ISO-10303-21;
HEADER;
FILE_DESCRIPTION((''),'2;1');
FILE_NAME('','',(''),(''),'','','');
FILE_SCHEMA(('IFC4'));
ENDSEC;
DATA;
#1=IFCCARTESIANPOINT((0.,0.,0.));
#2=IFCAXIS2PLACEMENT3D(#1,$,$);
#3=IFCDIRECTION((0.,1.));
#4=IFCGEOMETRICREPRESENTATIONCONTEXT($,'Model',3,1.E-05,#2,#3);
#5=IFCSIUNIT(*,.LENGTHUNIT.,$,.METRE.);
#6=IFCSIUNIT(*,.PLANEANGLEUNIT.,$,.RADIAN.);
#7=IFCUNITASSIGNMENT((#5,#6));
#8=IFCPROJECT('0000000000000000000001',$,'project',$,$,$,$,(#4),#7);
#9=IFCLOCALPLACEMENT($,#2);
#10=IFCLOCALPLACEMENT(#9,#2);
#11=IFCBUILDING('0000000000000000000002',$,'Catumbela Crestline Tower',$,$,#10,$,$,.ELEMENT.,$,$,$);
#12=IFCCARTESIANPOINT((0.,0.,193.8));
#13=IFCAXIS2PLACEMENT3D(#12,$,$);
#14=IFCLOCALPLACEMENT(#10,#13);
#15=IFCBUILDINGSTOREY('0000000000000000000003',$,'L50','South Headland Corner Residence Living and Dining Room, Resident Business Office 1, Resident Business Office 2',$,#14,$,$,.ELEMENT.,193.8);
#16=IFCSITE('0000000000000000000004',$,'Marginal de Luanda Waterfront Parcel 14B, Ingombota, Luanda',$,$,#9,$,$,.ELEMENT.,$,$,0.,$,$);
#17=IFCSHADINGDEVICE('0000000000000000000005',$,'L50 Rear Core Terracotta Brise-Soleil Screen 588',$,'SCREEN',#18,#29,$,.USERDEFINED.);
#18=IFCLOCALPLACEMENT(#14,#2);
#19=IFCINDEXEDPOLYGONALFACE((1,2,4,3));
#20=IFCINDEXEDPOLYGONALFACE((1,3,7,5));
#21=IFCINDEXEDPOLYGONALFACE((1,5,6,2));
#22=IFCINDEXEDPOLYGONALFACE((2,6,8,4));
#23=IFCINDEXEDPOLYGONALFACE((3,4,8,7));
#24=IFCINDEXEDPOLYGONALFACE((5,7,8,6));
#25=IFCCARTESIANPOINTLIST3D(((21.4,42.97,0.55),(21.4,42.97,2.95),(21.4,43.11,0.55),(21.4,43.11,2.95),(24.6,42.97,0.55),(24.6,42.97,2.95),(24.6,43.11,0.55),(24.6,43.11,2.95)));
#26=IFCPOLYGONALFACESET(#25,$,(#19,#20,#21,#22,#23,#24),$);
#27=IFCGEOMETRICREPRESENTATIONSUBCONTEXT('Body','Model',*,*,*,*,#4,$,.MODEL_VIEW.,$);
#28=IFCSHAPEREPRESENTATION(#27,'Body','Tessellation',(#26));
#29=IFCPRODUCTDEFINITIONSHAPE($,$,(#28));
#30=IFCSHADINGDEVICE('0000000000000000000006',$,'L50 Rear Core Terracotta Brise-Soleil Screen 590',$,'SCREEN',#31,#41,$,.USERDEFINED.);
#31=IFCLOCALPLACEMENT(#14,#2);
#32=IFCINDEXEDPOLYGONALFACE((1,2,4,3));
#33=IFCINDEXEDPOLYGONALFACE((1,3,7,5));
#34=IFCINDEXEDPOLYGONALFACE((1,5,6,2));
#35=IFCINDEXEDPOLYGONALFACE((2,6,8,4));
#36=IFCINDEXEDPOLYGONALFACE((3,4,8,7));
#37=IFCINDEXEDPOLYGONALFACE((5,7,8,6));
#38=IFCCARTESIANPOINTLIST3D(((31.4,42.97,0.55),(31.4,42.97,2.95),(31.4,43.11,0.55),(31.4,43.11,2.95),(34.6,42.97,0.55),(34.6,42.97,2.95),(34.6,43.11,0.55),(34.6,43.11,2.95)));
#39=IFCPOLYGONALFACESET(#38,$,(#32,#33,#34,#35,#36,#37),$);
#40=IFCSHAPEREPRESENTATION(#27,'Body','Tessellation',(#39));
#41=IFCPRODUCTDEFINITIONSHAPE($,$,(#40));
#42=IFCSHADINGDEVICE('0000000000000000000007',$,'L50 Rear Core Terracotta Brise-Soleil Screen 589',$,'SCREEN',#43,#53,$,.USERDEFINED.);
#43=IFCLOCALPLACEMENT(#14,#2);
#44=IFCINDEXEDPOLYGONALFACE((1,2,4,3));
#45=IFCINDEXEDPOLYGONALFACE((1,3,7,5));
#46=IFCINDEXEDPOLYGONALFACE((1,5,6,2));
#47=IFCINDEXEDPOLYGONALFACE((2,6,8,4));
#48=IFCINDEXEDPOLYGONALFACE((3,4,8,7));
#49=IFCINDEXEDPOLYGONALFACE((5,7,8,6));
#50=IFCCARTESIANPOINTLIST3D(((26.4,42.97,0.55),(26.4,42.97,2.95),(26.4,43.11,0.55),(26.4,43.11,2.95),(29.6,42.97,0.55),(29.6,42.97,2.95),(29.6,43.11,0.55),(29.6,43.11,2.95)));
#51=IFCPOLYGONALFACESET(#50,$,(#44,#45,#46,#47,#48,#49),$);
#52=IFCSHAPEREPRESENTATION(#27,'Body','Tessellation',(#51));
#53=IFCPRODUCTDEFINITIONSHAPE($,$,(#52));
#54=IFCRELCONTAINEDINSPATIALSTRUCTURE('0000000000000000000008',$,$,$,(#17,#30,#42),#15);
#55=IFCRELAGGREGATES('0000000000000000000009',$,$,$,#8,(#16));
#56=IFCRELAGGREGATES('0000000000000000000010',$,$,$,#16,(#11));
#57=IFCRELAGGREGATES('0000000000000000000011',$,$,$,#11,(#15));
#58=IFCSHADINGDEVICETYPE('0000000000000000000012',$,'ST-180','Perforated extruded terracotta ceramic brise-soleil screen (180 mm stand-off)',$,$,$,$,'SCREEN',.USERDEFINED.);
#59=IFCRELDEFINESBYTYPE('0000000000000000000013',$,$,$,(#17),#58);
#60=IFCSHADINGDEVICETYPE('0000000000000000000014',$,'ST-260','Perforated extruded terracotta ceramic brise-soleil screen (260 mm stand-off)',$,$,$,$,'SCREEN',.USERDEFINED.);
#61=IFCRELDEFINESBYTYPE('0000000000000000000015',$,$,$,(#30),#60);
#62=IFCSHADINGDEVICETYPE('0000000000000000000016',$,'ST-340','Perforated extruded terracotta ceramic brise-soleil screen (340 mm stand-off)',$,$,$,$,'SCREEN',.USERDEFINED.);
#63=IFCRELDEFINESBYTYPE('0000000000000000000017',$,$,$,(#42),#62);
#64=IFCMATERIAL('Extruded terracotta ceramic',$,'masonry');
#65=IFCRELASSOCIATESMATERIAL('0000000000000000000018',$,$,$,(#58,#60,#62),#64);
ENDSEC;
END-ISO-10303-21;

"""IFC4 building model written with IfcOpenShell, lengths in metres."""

from ifc_helpers import new_model, si_unit, direction, frame, origin, origin_2d, place, context, subcontext, project, spatial, rectangle, extrude, material, type_object, element, save


model = new_model("IFC4")

# Units and contexts
model_context = context("Model", 3, precision=1e-05, world=origin(), true_north=direction((0.0, 1.0)))
body_context = subcontext(model_context, "Body", "Model", "MODEL_VIEW")
ifc_project = project(units=[si_unit("LENGTHUNIT", "METRE"), si_unit("PLANEANGLEUNIT", "RADIAN")], contexts=[model_context])

# Site, building, storey
site_placement = place(None, origin())
site = spatial("IfcSite", under=ifc_project, at=site_placement, Name="Marginal de Luanda Waterfront Parcel 14B, Ingombota, Luanda", CompositionType="ELEMENT", RefElevation=0.0)
building_placement = place(site_placement, origin())
building = spatial("IfcBuilding", under=site, at=building_placement, Name="Catumbela Crestline Tower", CompositionType="ELEMENT")
storey_placement = place(building_placement, frame((0.0, 0.0, 193.8)))
storey = spatial("IfcBuildingStorey", under=building, at=storey_placement, Name="L50", Description="South Headland Corner Residence Living and Dining Room, Resident Business Office 1, Resident Business Office 2", CompositionType="ELEMENT", Elevation=193.8)

# Shading devices
ifc_material_1 = material(Name="Extruded terracotta ceramic", Category="masonry")
shading_device_type_1 = type_object("IfcShadingDeviceType", Name="ST-180", Description="Perforated extruded terracotta ceramic brise-soleil screen (180 mm stand-off)", ElementType="SCREEN", PredefinedType="USERDEFINED", material=ifc_material_1)
shading_device_1_placement = place(storey_placement, frame((23.0, 43.04, 0.55), z_axis=(0.0, 0.0, 1.0), x_axis=(1.0, 0.0, 0.0)))
element("IfcShadingDevice", 1, at=shading_device_1_placement, inside=storey, type_object=shading_device_type_1, Name="L50 Rear Core Terracotta Brise-Soleil Screen 588", ObjectType="SCREEN", PredefinedType="USERDEFINED", context=body_context, shape_type="SweptSolid", body=[
    extrude(rectangle(XDim=3.2, YDim=0.14, at=origin_2d()), origin(), (0.0, 0.0, 1.0), 2.4),
])
shading_device_type_2 = type_object("IfcShadingDeviceType", Name="ST-260", Description="Perforated extruded terracotta ceramic brise-soleil screen (260 mm stand-off)", ElementType="SCREEN", PredefinedType="USERDEFINED", material=ifc_material_1)
shading_device_2_placement = place(storey_placement, frame((33.0, 43.04, 0.55), z_axis=(0.0, 0.0, 1.0), x_axis=(1.0, 0.0, 0.0)))
element("IfcShadingDevice", 2, at=shading_device_2_placement, inside=storey, type_object=shading_device_type_2, Name="L50 Rear Core Terracotta Brise-Soleil Screen 590", ObjectType="SCREEN", PredefinedType="USERDEFINED", context=body_context, shape_type="SweptSolid", body=[
    extrude(rectangle(XDim=3.2, YDim=0.14, at=origin_2d()), origin(), (0.0, 0.0, 1.0), 2.4),
])
shading_device_type_3 = type_object("IfcShadingDeviceType", Name="ST-340", Description="Perforated extruded terracotta ceramic brise-soleil screen (340 mm stand-off)", ElementType="SCREEN", PredefinedType="USERDEFINED", material=ifc_material_1)
shading_device_3_placement = place(storey_placement, frame((28.0, 43.04, 0.55), z_axis=(0.0, 0.0, 1.0), x_axis=(1.0, 0.0, 0.0)))
element("IfcShadingDevice", 3, at=shading_device_3_placement, inside=storey, type_object=shading_device_type_3, Name="L50 Rear Core Terracotta Brise-Soleil Screen 589", ObjectType="SCREEN", PredefinedType="USERDEFINED", context=body_context, shape_type="SweptSolid", body=[
    extrude(rectangle(XDim=3.2, YDim=0.14, at=origin_2d()), origin(), (0.0, 0.0, 1.0), 2.4),
])

save(model, "model.ifc")
